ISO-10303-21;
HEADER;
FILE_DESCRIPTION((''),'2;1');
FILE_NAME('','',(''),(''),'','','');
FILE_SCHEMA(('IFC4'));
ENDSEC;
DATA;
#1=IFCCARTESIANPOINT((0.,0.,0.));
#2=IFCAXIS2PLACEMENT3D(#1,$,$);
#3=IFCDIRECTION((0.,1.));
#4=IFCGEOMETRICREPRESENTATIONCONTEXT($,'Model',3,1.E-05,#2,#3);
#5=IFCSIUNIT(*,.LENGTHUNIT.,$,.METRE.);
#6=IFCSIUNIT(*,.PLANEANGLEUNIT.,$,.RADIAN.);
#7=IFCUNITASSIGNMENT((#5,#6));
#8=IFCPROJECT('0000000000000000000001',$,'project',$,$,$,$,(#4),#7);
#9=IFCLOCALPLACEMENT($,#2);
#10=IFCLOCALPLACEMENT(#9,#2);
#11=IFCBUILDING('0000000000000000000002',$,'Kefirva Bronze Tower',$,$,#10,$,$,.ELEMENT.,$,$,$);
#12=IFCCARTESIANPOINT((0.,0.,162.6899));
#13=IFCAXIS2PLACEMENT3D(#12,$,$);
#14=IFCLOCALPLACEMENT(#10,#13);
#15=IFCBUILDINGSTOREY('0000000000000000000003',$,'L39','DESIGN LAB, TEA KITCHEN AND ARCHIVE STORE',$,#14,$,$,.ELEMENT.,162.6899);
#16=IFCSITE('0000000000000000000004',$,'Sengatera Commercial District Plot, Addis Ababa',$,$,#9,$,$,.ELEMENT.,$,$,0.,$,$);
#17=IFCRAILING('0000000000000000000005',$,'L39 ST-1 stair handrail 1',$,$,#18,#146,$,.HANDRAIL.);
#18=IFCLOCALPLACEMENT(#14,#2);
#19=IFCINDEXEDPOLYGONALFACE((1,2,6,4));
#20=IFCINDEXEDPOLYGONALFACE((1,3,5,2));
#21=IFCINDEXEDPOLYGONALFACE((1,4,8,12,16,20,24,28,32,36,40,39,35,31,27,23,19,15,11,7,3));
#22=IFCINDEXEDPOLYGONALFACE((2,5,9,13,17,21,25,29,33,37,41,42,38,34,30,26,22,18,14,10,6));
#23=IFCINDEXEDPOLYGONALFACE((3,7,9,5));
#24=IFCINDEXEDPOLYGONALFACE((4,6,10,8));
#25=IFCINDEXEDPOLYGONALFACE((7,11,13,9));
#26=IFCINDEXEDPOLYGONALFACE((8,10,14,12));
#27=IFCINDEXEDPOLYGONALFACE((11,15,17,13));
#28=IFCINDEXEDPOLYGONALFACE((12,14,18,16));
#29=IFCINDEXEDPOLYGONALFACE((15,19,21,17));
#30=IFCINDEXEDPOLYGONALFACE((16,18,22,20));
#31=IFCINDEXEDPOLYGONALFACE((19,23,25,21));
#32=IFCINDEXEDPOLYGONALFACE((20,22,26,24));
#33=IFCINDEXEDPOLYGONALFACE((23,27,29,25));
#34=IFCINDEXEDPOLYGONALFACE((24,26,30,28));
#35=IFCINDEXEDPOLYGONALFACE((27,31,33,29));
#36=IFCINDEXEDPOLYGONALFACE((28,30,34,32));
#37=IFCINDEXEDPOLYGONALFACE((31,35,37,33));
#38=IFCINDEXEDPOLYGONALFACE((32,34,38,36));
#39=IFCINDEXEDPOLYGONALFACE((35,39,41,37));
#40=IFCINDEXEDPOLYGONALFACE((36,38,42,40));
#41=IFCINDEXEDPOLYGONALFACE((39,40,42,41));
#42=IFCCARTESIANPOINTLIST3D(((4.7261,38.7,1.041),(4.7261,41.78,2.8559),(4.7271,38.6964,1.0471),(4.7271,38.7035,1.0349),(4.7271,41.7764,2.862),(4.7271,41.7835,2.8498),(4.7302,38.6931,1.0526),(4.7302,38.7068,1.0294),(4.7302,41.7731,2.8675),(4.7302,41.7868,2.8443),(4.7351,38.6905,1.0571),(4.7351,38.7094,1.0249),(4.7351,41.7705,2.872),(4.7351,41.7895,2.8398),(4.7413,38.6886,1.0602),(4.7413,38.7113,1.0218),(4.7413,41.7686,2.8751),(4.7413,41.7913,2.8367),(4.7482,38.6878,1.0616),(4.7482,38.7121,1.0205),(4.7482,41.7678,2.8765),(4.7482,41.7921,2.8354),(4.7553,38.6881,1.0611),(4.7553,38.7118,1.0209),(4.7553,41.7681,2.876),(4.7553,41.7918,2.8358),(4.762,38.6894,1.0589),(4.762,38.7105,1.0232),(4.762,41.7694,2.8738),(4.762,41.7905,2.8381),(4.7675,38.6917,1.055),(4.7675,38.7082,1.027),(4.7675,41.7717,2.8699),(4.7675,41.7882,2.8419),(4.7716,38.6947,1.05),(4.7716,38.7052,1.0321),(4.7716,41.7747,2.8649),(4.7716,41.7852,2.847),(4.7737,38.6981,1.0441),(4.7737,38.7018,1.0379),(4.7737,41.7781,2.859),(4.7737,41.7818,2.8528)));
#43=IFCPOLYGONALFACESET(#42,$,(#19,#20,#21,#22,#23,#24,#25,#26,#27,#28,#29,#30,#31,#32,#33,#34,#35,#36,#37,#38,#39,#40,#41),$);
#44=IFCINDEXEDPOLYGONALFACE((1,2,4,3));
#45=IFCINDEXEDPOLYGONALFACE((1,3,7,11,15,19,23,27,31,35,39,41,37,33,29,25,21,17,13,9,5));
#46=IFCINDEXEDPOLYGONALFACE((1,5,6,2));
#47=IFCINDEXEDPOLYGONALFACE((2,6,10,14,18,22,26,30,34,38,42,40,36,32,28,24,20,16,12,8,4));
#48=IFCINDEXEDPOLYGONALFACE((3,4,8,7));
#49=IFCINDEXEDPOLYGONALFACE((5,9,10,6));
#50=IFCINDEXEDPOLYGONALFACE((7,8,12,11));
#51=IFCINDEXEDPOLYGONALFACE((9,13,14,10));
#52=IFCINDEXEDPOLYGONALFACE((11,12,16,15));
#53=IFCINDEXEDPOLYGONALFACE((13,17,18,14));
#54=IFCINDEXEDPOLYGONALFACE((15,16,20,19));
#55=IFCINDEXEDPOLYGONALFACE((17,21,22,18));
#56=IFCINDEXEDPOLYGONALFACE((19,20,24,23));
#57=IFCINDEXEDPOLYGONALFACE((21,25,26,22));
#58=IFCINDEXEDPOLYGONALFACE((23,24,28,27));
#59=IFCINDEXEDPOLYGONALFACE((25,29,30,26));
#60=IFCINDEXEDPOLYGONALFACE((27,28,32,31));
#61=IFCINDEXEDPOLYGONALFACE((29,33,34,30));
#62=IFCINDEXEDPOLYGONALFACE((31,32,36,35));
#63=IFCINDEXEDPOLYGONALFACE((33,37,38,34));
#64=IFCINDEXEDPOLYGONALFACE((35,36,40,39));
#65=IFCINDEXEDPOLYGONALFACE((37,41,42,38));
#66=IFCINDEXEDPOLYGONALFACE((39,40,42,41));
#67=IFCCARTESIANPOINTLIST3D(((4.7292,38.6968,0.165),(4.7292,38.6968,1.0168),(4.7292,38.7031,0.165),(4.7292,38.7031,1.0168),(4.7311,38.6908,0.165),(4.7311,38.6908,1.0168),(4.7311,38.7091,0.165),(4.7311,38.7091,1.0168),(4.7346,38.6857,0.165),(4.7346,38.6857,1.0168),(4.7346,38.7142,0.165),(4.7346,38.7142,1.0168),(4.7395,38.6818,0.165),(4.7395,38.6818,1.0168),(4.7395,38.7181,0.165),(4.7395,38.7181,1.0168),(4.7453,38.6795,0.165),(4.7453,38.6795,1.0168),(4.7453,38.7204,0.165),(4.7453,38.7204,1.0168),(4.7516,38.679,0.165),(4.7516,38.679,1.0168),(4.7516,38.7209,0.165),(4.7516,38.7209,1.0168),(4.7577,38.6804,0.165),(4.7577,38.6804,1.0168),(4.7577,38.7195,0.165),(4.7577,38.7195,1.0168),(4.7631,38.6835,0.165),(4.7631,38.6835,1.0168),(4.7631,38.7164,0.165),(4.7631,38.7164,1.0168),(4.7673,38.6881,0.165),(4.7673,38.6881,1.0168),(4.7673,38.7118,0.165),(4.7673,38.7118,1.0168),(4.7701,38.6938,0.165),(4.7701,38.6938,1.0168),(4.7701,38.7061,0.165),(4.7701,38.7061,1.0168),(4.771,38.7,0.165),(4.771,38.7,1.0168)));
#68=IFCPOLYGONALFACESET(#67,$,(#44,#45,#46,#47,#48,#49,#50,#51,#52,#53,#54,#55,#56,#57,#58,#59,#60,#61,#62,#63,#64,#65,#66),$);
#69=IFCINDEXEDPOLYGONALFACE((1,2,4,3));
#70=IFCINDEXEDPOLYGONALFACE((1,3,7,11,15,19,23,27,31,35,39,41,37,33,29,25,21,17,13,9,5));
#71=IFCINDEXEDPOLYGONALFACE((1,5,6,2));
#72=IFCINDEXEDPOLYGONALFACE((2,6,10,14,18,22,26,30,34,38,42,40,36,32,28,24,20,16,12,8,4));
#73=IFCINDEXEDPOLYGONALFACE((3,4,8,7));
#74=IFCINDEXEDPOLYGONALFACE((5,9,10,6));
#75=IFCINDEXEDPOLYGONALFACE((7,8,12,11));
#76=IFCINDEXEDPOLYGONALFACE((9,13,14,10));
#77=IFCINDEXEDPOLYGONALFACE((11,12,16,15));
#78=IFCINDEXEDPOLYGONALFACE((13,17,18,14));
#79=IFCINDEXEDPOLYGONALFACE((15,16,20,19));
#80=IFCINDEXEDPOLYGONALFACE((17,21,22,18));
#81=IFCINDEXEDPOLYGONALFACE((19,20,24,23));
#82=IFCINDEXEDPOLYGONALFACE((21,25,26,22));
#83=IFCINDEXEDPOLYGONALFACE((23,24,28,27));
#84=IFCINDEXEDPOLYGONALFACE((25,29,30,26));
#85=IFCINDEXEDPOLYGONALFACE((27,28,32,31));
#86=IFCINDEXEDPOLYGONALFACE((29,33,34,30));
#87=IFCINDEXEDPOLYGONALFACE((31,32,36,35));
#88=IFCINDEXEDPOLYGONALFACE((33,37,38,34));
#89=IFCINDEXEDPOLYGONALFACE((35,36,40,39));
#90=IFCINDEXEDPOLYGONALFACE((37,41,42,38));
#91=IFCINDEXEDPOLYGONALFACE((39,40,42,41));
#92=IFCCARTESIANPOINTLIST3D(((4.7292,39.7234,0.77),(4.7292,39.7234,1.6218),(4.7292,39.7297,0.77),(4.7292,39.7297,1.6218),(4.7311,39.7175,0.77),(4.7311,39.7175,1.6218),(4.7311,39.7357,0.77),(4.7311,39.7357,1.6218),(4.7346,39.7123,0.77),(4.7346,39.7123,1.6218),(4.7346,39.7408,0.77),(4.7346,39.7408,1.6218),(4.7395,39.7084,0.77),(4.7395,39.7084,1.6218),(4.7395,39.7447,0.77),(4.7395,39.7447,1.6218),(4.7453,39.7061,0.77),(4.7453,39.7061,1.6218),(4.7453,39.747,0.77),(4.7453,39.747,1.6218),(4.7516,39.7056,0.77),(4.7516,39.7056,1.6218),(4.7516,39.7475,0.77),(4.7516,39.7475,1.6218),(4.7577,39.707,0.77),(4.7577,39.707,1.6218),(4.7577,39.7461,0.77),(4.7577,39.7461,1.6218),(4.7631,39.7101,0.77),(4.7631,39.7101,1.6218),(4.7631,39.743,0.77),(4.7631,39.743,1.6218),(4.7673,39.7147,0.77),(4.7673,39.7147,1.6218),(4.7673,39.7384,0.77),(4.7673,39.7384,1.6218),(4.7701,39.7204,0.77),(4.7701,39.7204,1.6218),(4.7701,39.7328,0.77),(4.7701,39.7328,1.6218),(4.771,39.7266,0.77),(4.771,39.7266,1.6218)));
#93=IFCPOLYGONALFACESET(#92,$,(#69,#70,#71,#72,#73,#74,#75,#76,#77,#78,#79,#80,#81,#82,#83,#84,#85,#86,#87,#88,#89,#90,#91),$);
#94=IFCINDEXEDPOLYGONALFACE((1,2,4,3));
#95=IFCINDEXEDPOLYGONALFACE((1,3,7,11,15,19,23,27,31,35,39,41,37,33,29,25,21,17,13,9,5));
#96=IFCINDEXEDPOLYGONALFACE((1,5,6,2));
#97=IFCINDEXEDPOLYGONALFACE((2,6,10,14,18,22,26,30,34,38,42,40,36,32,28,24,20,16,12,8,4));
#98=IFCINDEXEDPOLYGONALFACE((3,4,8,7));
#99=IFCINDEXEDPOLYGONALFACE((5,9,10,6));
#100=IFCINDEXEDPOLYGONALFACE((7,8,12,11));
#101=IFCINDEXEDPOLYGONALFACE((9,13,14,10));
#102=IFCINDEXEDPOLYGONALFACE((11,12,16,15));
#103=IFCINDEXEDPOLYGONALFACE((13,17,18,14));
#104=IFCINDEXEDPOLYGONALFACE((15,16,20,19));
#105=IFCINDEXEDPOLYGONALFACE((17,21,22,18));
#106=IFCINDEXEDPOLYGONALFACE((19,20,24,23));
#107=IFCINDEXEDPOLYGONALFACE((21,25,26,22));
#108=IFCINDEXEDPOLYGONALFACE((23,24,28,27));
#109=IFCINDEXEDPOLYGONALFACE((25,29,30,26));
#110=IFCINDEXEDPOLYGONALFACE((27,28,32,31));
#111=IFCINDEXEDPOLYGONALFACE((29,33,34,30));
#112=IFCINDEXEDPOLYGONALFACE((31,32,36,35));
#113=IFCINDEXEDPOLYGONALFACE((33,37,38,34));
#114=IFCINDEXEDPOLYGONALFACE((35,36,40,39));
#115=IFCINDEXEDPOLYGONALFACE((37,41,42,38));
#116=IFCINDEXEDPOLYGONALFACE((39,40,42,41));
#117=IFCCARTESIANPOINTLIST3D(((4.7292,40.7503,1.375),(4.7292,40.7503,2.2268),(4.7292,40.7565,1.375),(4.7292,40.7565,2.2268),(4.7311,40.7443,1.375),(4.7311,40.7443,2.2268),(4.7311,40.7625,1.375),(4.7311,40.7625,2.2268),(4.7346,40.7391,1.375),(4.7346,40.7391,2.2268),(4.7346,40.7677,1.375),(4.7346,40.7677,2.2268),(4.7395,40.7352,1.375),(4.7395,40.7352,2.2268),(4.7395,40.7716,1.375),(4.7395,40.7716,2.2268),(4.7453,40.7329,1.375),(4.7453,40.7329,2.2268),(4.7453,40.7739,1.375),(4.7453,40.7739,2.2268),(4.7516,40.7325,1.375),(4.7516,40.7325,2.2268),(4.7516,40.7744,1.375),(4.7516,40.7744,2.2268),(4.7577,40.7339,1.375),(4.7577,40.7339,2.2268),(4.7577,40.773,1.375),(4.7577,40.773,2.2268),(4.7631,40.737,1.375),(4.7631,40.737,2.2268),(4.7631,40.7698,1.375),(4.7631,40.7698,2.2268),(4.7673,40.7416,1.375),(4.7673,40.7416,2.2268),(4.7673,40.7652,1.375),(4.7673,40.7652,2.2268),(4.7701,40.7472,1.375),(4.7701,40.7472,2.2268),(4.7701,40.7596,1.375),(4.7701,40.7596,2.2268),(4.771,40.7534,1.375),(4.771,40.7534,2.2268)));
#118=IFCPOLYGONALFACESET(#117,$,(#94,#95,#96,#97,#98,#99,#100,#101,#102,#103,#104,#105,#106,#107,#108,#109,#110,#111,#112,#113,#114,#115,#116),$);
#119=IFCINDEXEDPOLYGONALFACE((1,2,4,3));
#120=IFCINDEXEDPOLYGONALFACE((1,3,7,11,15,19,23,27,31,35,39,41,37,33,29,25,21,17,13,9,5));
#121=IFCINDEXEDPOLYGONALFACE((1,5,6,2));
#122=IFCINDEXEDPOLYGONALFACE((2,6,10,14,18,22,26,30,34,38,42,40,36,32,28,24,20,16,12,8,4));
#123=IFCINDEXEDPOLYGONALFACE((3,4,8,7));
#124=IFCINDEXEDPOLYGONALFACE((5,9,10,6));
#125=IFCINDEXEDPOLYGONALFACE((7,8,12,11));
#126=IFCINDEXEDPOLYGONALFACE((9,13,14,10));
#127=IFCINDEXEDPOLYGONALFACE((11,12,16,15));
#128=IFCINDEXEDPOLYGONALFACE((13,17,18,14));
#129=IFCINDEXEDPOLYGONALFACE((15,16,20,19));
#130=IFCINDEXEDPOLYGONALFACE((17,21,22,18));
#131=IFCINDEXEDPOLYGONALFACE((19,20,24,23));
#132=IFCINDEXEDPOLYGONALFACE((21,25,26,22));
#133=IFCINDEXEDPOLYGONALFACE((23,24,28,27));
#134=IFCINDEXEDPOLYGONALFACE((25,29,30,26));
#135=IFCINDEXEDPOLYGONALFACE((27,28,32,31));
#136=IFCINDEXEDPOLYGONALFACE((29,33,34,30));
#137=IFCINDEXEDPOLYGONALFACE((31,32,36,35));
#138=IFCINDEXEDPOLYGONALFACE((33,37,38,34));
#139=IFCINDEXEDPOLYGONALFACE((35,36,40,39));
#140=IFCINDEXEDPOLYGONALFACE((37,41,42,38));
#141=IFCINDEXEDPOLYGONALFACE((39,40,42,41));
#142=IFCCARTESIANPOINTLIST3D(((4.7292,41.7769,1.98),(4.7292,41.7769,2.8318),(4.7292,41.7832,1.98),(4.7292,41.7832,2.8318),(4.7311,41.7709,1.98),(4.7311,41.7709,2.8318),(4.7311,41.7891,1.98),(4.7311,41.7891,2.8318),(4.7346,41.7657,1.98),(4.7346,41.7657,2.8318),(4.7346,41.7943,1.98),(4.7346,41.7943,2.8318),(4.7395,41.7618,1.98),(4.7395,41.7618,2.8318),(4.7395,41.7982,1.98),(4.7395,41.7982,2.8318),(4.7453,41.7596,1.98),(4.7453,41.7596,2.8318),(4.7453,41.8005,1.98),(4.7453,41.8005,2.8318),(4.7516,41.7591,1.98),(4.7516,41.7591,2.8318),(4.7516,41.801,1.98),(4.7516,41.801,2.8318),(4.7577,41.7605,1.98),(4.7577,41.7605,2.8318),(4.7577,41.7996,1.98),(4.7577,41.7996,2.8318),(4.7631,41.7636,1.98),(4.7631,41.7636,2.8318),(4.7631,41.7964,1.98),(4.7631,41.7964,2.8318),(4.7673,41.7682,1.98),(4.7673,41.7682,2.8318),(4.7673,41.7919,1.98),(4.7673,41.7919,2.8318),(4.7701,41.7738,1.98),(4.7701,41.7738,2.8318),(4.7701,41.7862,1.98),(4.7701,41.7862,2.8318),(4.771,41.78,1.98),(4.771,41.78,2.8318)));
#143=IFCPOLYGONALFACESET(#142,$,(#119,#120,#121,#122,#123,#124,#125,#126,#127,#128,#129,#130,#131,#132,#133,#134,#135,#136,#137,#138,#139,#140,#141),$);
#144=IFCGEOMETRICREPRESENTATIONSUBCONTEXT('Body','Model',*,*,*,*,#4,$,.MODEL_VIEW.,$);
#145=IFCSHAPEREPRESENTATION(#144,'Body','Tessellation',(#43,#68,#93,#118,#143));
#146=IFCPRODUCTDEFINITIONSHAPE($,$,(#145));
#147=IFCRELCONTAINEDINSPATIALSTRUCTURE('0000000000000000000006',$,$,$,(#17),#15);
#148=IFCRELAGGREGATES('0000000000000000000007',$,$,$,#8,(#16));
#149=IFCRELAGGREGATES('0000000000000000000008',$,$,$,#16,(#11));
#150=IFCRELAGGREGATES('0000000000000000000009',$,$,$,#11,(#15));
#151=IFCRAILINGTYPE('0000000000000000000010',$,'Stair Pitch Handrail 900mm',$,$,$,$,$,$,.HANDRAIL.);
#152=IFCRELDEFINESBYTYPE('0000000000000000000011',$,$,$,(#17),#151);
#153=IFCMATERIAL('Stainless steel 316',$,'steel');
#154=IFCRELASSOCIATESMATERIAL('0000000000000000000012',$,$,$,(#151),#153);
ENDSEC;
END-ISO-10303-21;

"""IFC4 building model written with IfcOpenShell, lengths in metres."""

from ifc_helpers import new_model, si_unit, direction, frame, origin, origin_2d, place, context, subcontext, project, spatial, circle, extrude, material, type_object, element, save


model = new_model("IFC4")

# Units and contexts
model_context = context("Model", 3, precision=1e-05, world=origin(), true_north=direction((0.0, 1.0)))
body_context = subcontext(model_context, "Body", "Model", "MODEL_VIEW")
ifc_project = project(units=[si_unit("LENGTHUNIT", "METRE"), si_unit("PLANEANGLEUNIT", "RADIAN")], contexts=[model_context])

# Site, building, storey
site_placement = place(None, origin())
site = spatial("IfcSite", under=ifc_project, at=site_placement, Name="Sengatera Commercial District Plot, Addis Ababa", CompositionType="ELEMENT", RefElevation=0.0)
building_placement = place(site_placement, origin())
building = spatial("IfcBuilding", under=site, at=building_placement, Name="Kefirva Bronze Tower", CompositionType="ELEMENT")
storey_placement = place(building_placement, frame((0.0, 0.0, 162.6899)))
storey = spatial("IfcBuildingStorey", under=building, at=storey_placement, Name="L39", Description="DESIGN LAB, TEA KITCHEN AND ARCHIVE STORE", CompositionType="ELEMENT", Elevation=162.6899)

# Shared definitions
ifc_material_1 = material(Name="Stainless steel 316", Category="steel")

# Railing
railing_type = type_object("IfcRailingType", Name="Stair Pitch Handrail 900mm", PredefinedType="HANDRAIL", material=ifc_material_1)
railing_placement = place(storey_placement, frame((4.75, 38.7, 0.165)))
element("IfcRailing", 1, at=railing_placement, inside=storey, type_object=railing_type, Name="L39 ST-1 stair handrail 1", PredefinedType="HANDRAIL", context=body_context, shape_type="SweptSolid", body=[
    extrude(circle(Radius=0.0239, at=origin_2d()), frame((0.0, 0.0, 0.876), z_axis=(0.0, 0.861551, 0.507671), x_axis=(-1.0, 0.0, 0.0)), (0.0, 0.0, 1.0), 3.575),
    extrude(circle(Radius=0.021, at=origin_2d()), origin(), (0.0, 0.0, 1.0), 0.8518),
    extrude(circle(Radius=0.021, at=origin_2d()), frame((0.0, 1.0266, 0.605)), (0.0, 0.0, 1.0), 0.8518),
    extrude(circle(Radius=0.021, at=origin_2d()), frame((0.0, 2.0535, 1.21)), (0.0, 0.0, 1.0), 0.8518),
    extrude(circle(Radius=0.021, at=origin_2d()), frame((0.0, 3.0801, 1.8149)), (0.0, 0.0, 1.0), 0.8518),
])

save(model, "model.ifc")
